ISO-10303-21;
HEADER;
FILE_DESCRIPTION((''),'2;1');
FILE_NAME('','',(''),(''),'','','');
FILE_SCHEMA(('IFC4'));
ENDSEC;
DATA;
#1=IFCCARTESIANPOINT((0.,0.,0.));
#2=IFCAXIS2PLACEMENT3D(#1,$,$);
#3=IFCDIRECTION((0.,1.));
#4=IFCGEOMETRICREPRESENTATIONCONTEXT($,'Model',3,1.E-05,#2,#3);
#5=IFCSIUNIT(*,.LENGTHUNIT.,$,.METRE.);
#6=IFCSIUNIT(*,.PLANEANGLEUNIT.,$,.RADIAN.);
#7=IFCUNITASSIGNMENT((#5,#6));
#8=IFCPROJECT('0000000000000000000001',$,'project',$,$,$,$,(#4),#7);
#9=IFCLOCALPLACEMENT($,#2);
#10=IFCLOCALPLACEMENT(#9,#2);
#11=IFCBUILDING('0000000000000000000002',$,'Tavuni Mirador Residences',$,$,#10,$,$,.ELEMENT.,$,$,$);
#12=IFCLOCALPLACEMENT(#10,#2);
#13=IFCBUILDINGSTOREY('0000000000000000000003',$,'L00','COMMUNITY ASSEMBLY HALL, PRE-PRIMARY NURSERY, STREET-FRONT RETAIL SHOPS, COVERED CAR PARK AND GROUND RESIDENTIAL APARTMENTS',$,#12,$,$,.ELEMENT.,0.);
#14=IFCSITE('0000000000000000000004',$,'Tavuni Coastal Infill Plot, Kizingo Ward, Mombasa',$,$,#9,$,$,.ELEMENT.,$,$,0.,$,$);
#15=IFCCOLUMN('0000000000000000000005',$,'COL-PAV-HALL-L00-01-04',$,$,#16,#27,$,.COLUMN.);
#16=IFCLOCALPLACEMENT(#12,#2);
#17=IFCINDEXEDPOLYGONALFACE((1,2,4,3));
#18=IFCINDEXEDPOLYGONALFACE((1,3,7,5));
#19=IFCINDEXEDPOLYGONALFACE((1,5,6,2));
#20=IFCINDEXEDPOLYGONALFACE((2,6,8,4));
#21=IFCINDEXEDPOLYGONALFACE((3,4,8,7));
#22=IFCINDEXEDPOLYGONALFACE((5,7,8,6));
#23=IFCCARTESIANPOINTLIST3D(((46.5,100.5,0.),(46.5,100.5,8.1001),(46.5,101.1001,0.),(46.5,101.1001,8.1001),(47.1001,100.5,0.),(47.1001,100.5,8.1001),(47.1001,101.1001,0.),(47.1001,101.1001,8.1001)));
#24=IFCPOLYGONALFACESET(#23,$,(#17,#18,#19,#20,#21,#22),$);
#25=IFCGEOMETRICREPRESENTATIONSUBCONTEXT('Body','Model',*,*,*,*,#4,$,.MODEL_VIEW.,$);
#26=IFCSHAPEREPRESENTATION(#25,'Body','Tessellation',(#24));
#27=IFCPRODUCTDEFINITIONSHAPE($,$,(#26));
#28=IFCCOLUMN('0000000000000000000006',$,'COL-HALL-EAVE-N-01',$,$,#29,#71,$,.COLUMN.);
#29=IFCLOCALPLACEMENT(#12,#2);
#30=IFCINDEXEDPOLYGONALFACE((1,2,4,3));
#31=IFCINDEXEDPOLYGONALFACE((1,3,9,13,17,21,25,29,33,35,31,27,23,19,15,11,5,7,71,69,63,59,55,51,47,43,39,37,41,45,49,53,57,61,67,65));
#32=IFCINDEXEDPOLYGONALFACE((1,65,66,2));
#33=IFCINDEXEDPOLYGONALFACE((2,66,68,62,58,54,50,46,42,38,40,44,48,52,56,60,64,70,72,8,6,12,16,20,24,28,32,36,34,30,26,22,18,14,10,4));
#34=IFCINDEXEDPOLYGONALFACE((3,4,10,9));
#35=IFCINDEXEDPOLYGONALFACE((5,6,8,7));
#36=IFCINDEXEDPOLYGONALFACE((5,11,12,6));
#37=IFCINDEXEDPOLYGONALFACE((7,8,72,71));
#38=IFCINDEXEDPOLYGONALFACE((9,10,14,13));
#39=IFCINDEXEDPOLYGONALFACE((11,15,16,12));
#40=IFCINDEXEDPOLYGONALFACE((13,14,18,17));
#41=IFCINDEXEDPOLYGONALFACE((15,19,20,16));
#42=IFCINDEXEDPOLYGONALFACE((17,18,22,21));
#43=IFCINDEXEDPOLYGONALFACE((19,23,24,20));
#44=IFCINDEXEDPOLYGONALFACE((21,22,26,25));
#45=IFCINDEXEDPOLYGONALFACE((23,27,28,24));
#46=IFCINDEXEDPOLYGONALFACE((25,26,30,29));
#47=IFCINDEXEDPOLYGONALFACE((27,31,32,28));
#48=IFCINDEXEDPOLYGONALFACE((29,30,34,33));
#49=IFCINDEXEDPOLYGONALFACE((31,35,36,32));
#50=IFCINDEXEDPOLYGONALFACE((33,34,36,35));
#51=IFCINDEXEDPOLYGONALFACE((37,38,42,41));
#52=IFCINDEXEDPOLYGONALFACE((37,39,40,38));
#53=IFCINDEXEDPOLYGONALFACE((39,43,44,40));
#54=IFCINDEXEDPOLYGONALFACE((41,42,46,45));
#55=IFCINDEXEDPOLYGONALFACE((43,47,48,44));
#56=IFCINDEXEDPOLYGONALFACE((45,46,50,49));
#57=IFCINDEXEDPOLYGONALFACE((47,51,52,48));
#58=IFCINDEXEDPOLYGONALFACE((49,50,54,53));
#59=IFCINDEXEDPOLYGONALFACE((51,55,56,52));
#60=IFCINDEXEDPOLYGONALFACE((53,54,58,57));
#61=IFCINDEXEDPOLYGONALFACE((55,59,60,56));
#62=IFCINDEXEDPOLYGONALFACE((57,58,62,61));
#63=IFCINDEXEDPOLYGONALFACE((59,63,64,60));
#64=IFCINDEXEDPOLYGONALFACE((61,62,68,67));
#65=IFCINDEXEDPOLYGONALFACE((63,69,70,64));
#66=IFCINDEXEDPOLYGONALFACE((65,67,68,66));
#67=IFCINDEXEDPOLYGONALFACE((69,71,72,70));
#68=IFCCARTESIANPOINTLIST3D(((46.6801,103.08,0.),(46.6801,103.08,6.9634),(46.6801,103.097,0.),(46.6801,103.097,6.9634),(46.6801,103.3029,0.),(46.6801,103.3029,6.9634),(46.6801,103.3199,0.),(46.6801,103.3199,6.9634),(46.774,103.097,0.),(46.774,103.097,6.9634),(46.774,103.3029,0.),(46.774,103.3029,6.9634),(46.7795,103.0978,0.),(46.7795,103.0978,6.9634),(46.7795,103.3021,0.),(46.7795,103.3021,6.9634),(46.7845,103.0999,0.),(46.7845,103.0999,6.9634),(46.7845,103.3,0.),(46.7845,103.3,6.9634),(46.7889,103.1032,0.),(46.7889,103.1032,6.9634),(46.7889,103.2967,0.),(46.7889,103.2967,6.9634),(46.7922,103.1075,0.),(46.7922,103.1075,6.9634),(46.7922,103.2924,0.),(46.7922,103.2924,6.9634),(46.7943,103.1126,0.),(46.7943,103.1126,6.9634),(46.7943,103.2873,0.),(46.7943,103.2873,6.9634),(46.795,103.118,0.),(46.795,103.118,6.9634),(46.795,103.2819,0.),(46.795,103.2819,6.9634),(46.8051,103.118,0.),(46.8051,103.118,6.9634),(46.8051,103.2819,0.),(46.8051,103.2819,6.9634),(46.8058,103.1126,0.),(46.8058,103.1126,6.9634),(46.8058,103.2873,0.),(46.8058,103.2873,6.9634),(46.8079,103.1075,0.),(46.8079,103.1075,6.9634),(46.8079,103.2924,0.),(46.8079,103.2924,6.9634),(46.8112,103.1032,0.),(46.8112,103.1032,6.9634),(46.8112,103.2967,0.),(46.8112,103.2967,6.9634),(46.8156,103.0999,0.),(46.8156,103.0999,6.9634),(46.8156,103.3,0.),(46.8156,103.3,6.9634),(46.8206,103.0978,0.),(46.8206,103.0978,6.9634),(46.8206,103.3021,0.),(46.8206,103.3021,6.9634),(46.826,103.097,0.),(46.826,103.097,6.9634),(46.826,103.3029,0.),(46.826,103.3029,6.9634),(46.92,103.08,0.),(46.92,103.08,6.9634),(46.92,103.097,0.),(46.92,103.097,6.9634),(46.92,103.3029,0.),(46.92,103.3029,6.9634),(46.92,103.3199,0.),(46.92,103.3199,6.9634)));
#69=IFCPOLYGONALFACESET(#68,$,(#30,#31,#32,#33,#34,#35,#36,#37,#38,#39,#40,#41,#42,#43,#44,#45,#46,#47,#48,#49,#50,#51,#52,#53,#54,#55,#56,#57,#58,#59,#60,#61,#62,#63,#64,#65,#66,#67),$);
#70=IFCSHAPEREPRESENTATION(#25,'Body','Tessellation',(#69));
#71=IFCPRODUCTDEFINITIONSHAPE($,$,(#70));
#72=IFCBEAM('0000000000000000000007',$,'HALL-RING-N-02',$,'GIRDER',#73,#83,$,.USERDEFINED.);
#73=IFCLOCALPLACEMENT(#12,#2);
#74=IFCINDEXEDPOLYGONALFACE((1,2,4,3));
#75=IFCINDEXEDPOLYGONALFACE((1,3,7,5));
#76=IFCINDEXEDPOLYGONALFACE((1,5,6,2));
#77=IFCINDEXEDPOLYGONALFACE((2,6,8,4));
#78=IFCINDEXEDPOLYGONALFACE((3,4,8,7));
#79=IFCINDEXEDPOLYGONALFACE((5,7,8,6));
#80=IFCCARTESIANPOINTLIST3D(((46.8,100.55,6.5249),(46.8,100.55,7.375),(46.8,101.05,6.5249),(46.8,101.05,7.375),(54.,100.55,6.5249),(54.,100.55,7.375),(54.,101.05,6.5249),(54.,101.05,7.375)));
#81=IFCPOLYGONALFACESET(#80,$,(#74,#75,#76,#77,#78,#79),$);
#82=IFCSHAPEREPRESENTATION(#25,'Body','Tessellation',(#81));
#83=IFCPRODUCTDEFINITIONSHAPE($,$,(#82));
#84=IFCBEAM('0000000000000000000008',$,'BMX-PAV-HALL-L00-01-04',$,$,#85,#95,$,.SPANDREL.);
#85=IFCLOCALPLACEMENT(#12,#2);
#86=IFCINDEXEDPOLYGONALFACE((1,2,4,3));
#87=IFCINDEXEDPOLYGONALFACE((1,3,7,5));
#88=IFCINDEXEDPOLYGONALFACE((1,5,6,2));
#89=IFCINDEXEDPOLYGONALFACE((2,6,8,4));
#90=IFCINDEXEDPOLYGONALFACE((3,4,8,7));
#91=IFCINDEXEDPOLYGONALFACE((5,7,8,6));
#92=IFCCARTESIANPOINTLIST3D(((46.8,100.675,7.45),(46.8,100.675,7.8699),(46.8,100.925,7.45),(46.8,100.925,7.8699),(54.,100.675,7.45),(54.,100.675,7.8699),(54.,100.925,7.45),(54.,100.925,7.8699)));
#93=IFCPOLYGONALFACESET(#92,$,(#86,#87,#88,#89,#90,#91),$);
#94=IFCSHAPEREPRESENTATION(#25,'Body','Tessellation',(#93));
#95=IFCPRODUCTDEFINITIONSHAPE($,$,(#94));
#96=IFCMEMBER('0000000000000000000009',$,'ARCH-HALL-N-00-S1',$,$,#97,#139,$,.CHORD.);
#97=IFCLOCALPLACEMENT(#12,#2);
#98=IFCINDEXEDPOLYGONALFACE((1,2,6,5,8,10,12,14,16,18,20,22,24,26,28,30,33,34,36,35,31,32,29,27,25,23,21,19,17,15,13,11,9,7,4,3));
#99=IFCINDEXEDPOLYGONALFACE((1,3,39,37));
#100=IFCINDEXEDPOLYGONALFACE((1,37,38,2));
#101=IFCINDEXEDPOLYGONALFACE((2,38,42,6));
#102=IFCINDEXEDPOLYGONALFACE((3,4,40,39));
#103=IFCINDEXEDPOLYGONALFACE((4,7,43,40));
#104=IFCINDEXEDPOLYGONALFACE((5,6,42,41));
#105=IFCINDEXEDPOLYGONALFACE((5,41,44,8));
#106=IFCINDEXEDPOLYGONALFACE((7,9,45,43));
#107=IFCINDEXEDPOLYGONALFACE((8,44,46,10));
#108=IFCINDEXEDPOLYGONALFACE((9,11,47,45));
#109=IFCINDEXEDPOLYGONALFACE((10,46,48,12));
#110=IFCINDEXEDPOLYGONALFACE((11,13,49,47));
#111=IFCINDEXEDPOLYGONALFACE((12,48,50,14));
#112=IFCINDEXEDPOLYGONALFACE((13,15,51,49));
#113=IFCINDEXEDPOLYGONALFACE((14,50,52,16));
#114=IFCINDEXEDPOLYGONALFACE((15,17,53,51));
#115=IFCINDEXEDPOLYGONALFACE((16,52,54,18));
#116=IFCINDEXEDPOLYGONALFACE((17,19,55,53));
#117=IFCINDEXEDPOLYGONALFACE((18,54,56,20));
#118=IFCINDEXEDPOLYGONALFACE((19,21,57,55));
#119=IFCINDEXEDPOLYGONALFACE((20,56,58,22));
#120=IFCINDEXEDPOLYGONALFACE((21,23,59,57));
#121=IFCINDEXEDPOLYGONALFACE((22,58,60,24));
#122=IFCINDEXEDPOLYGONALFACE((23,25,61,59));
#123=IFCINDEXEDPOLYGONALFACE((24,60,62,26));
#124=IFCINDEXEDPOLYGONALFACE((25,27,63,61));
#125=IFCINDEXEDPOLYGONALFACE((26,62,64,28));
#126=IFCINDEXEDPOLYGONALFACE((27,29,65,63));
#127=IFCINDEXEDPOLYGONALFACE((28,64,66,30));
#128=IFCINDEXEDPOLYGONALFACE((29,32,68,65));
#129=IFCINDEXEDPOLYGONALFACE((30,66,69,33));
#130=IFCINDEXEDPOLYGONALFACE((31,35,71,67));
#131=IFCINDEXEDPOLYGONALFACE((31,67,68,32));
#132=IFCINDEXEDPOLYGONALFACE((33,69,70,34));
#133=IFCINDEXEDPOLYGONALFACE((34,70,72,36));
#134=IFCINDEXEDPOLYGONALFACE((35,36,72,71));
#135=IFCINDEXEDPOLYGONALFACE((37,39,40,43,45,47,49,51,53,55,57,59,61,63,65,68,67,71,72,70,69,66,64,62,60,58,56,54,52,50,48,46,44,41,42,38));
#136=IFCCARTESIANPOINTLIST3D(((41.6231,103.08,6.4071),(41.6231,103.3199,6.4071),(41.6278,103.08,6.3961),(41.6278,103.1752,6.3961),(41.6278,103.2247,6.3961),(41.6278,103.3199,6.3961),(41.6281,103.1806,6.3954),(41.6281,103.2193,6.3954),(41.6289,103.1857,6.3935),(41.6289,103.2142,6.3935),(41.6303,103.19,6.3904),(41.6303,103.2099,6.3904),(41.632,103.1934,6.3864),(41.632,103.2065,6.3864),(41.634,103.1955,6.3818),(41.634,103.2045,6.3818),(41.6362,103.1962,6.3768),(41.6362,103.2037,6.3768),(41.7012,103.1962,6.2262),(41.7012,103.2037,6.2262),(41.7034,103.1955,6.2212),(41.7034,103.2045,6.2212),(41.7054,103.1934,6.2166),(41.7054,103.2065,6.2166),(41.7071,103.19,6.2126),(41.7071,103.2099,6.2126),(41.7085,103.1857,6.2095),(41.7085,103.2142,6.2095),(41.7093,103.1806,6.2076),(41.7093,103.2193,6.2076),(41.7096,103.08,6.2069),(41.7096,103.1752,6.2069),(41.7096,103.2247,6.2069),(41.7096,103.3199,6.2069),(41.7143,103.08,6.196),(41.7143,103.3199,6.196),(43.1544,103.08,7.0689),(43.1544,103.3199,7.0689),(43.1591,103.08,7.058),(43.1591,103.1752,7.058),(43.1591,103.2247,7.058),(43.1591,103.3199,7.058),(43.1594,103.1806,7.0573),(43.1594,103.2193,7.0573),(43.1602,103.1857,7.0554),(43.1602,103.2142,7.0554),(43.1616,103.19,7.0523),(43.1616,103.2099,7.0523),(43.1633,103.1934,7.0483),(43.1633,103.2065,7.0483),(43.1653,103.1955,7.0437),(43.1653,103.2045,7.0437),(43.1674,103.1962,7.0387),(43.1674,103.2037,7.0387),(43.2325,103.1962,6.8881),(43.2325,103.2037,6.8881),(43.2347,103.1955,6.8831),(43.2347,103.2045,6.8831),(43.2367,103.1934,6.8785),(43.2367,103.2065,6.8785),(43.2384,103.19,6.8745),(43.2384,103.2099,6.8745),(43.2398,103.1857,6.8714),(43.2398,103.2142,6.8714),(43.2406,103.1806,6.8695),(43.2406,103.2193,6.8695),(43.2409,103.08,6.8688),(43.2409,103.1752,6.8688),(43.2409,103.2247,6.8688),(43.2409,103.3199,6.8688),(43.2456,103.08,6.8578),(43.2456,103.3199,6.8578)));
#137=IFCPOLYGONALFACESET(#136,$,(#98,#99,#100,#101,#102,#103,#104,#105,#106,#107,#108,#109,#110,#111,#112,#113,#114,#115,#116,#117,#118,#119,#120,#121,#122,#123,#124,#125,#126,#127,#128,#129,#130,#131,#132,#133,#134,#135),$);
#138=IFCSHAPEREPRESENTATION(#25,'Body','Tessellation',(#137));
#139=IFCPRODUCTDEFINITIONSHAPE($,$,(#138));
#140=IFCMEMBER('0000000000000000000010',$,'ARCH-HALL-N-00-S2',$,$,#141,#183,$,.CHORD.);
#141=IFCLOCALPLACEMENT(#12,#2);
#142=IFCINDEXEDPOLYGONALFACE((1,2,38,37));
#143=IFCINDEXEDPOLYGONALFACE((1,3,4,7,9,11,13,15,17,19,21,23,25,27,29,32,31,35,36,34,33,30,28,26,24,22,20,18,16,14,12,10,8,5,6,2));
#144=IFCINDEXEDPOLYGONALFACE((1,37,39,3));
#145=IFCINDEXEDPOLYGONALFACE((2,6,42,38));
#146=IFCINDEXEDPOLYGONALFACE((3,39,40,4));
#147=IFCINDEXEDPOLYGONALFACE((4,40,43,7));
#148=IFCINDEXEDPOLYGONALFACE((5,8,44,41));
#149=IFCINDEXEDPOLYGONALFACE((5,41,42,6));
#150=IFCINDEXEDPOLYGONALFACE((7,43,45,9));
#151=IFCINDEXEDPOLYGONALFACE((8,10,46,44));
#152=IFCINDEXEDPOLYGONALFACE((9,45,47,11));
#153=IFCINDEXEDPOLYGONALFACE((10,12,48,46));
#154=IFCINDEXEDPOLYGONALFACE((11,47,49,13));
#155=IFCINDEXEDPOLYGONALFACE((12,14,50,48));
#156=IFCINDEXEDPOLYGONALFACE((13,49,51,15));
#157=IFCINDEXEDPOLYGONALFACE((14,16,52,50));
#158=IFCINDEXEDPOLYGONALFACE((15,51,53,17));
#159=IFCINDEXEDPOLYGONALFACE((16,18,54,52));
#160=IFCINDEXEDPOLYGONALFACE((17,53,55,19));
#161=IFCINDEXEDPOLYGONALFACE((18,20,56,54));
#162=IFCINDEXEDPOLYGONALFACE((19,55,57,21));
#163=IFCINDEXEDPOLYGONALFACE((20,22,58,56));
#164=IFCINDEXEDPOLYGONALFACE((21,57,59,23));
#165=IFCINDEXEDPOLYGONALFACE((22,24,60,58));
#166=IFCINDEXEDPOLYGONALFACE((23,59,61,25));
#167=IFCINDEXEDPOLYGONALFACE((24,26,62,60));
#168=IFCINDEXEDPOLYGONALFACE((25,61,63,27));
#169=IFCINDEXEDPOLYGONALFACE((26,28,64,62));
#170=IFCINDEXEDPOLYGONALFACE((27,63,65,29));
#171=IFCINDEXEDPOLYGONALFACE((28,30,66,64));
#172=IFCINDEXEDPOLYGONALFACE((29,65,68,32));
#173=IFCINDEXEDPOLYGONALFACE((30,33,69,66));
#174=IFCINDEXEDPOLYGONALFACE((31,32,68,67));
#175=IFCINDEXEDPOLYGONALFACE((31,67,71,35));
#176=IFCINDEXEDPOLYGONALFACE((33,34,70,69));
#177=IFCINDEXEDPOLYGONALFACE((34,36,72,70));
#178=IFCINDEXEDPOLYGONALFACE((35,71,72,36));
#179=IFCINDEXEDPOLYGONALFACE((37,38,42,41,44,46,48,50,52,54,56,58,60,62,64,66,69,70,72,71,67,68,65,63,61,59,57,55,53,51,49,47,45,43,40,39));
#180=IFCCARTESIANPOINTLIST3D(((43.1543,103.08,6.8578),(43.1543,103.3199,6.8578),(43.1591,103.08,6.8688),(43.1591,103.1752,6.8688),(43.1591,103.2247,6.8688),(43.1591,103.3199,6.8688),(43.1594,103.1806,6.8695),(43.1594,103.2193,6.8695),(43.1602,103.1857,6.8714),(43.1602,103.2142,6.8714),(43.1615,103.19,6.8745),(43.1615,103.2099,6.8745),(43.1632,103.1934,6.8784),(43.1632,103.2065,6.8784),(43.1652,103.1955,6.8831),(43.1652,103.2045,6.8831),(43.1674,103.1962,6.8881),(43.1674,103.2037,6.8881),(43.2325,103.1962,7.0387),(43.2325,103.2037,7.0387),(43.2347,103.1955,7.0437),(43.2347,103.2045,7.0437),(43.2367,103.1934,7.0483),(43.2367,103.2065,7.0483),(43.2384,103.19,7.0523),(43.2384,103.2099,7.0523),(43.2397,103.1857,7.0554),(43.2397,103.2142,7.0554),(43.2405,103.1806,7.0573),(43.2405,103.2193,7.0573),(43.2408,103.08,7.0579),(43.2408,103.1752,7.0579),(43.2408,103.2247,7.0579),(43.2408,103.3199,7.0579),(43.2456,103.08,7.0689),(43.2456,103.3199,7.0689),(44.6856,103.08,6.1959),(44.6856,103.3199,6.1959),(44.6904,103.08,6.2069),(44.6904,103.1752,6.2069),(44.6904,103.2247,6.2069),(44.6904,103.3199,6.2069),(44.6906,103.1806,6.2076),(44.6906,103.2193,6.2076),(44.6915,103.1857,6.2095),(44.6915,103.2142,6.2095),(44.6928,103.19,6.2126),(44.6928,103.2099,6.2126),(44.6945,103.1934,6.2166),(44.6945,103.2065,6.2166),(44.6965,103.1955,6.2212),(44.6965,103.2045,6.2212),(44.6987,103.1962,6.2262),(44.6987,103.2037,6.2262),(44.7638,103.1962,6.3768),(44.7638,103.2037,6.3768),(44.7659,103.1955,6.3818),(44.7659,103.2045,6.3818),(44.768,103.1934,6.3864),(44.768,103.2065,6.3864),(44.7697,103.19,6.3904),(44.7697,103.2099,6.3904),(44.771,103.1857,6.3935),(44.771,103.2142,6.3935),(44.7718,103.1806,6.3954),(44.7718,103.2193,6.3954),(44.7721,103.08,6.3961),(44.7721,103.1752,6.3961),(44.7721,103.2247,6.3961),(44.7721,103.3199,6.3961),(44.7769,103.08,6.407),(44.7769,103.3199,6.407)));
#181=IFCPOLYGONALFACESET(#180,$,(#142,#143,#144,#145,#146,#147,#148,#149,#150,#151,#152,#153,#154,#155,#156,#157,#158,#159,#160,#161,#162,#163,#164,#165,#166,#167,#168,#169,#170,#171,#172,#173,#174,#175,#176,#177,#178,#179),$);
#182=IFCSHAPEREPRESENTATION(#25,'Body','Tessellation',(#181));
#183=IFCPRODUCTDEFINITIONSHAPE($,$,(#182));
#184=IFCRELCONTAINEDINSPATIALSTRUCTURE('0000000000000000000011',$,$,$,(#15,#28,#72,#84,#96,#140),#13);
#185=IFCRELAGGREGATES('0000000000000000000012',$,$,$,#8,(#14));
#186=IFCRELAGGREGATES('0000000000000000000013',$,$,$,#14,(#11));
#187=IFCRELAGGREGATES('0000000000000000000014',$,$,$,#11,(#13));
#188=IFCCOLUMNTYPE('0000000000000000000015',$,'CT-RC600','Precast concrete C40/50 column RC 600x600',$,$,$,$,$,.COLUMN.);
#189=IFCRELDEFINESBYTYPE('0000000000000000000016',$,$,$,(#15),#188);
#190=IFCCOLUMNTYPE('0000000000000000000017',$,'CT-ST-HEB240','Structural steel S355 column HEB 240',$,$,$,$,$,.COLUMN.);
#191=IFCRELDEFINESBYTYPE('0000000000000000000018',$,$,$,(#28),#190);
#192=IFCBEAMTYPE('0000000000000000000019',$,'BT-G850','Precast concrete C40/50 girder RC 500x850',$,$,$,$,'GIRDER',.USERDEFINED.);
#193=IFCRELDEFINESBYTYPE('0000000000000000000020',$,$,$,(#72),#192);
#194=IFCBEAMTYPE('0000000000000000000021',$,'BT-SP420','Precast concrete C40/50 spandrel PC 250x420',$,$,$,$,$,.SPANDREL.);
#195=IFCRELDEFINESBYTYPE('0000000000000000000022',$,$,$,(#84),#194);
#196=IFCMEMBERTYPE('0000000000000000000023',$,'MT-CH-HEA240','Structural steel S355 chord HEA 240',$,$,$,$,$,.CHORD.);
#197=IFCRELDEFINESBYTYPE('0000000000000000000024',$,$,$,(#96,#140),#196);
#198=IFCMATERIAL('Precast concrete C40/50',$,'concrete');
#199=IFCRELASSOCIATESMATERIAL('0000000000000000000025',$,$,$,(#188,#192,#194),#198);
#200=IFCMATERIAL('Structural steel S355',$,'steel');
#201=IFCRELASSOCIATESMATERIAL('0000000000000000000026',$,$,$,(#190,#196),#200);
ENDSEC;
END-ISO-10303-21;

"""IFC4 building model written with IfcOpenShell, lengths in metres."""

from ifc_helpers import new_model, si_unit, direction, frame, origin, origin_2d, place, context, subcontext, project, spatial, rectangle, i_section, extrude, material, material_profile, profile_set, type_object, element, save


model = new_model("IFC4")

# Units and contexts
model_context = context("Model", 3, precision=1e-05, world=origin(), true_north=direction((0.0, 1.0)))
body_context = subcontext(model_context, "Body", "Model", "MODEL_VIEW")
ifc_project = project(units=[si_unit("LENGTHUNIT", "METRE"), si_unit("PLANEANGLEUNIT", "RADIAN")], contexts=[model_context])

# Site, building, storey
site_placement = place(None, origin())
site = spatial("IfcSite", under=ifc_project, at=site_placement, Name="Tavuni Coastal Infill Plot, Kizingo Ward, Mombasa", CompositionType="ELEMENT", RefElevation=0.0)
building_placement = place(site_placement, origin())
building = spatial("IfcBuilding", under=site, at=building_placement, Name="Tavuni Mirador Residences", CompositionType="ELEMENT")
storey_placement = place(building_placement, origin())
storey = spatial("IfcBuildingStorey", under=building, at=storey_placement, Name="L00", Description="COMMUNITY ASSEMBLY HALL, PRE-PRIMARY NURSERY, STREET-FRONT RETAIL SHOPS, COVERED CAR PARK AND GROUND RESIDENTIAL APARTMENTS", CompositionType="ELEMENT", Elevation=0.0)

# Columns
ifc_material_1 = material(Name="Precast concrete C40/50", Category="concrete")
ifc_material_profile_1 = material_profile(ifc_material_1, rectangle(XDim=0.6001, YDim=0.6001, at=origin_2d()), Name="RC 600x600", Category="concrete")
ifc_profile_set_1 = profile_set([ifc_material_profile_1], Name="Precast concrete C40/50")
column_type_1 = type_object("IfcColumnType", Name="CT-RC600", Description="Precast concrete C40/50 column RC 600x600", PredefinedType="COLUMN", material=ifc_profile_set_1)
column_1_placement = place(storey_placement, frame((46.8, 100.8, 0.0), z_axis=(0.0, 0.0, 1.0), x_axis=(1.0, 0.0, 0.0)))
element("IfcColumn", 1, at=column_1_placement, inside=storey, type_object=column_type_1, Name="COL-PAV-HALL-L00-01-04", PredefinedType="COLUMN", context=body_context, shape_type="SweptSolid", body=[
    extrude(rectangle(XDim=0.6001, YDim=0.6001, at=origin_2d()), origin(), (0.0, 0.0, 1.0), 8.1001),
])
ifc_material_2 = material(Name="Structural steel S355", Category="steel")
ifc_material_profile_2 = material_profile(ifc_material_2, i_section(OverallWidth=0.24, OverallDepth=0.24, WebThickness=0.01, FlangeThickness=0.0171, FilletRadius=0.021, at=origin_2d()), Name="HEB 240", Category="steel")
ifc_profile_set_2 = profile_set([ifc_material_profile_2], Name="Structural steel S355")
column_type_2 = type_object("IfcColumnType", Name="CT-ST-HEB240", Description="Structural steel S355 column HEB 240", PredefinedType="COLUMN", material=ifc_profile_set_2)
column_2_placement = place(storey_placement, frame((46.8, 103.2, 0.0), z_axis=(0.0, 0.0, 1.0), x_axis=(1.0, 0.0, 0.0)))
element("IfcColumn", 2, at=column_2_placement, inside=storey, type_object=column_type_2, Name="COL-HALL-EAVE-N-01", PredefinedType="COLUMN", context=body_context, shape_type="SweptSolid", body=[
    extrude(i_section(OverallWidth=0.24, OverallDepth=0.24, WebThickness=0.01, FlangeThickness=0.0171, FilletRadius=0.021, at=origin_2d()), origin(), (0.0, 0.0, 1.0), 6.9634),
])

# Beams
ifc_material_profile_3 = material_profile(ifc_material_1, rectangle(XDim=0.5, YDim=0.8501, at=origin_2d()), Name="RC 500x850", Category="concrete")
ifc_profile_set_3 = profile_set([ifc_material_profile_3], Name="Precast concrete C40/50")
beam_type_1 = type_object("IfcBeamType", Name="BT-G850", Description="Precast concrete C40/50 girder RC 500x850", ElementType="GIRDER", PredefinedType="USERDEFINED", material=ifc_profile_set_3)
beam_1_placement = place(storey_placement, frame((46.8, 100.8, 6.95), z_axis=(1.0, 0.0, 0.0), x_axis=(0.0, 1.0, 0.0)))
element("IfcBeam", 3, at=beam_1_placement, inside=storey, type_object=beam_type_1, Name="HALL-RING-N-02", ObjectType="GIRDER", PredefinedType="USERDEFINED", context=body_context, shape_type="SweptSolid", body=[
    extrude(rectangle(XDim=0.5, YDim=0.8501, at=origin_2d()), origin(), (0.0, 0.0, 1.0), 7.2),
])
ifc_material_profile_4 = material_profile(ifc_material_1, rectangle(XDim=0.25, YDim=0.4199, at=origin_2d()), Name="PC 250x420", Category="concrete")
ifc_profile_set_4 = profile_set([ifc_material_profile_4], Name="Precast concrete C40/50")
beam_type_2 = type_object("IfcBeamType", Name="BT-SP420", Description="Precast concrete C40/50 spandrel PC 250x420", PredefinedType="SPANDREL", material=ifc_profile_set_4)
beam_2_placement = place(storey_placement, frame((46.8, 100.8, 7.6599), z_axis=(1.0, 0.0, 0.0), x_axis=(0.0, 1.0, 0.0)))
element("IfcBeam", 4, at=beam_2_placement, inside=storey, type_object=beam_type_2, Name="BMX-PAV-HALL-L00-01-04", PredefinedType="SPANDREL", context=body_context, shape_type="SweptSolid", body=[
    extrude(rectangle(XDim=0.25, YDim=0.4199, at=origin_2d()), origin(), (0.0, 0.0, 1.0), 7.2),
])

# Members
ifc_material_profile_5 = material_profile(ifc_material_2, i_section(OverallWidth=0.24, OverallDepth=0.23, WebThickness=0.0076, FlangeThickness=0.012, FilletRadius=0.021, at=origin_2d()), Name="HEA 240", Category="steel")
ifc_profile_set_5 = profile_set([ifc_material_profile_5], Name="Structural steel S355")
member_type = type_object("IfcMemberType", Name="MT-CH-HEA240", Description="Structural steel S355 chord HEA 240", PredefinedType="CHORD", material=ifc_profile_set_5)
for number, where, z_axis, x_axis, name in (
    (5, (41.6687, 103.2, 6.3015), (0.917922, 0.0, 0.396761), (0.0, 1.0, 0.0), "ARCH-HALL-N-00-S1"),
    (6, (43.2, 103.2, 6.9634), (0.917922, 0.0, -0.396761), (0.0, 1.0, 0.0), "ARCH-HALL-N-00-S2"),
):
    element("IfcMember", number, at=place(storey_placement, frame(where, z_axis=z_axis, x_axis=x_axis)), inside=storey, type_object=member_type, Name=name, PredefinedType="CHORD", context=body_context, shape_type="SweptSolid", body=[
        extrude(i_section(OverallWidth=0.24, OverallDepth=0.23, WebThickness=0.0076, FlangeThickness=0.012, FilletRadius=0.021, at=origin_2d()), origin(), (0.0, 0.0, 1.0), 1.6682),
    ])

save(model, "model.ifc")
